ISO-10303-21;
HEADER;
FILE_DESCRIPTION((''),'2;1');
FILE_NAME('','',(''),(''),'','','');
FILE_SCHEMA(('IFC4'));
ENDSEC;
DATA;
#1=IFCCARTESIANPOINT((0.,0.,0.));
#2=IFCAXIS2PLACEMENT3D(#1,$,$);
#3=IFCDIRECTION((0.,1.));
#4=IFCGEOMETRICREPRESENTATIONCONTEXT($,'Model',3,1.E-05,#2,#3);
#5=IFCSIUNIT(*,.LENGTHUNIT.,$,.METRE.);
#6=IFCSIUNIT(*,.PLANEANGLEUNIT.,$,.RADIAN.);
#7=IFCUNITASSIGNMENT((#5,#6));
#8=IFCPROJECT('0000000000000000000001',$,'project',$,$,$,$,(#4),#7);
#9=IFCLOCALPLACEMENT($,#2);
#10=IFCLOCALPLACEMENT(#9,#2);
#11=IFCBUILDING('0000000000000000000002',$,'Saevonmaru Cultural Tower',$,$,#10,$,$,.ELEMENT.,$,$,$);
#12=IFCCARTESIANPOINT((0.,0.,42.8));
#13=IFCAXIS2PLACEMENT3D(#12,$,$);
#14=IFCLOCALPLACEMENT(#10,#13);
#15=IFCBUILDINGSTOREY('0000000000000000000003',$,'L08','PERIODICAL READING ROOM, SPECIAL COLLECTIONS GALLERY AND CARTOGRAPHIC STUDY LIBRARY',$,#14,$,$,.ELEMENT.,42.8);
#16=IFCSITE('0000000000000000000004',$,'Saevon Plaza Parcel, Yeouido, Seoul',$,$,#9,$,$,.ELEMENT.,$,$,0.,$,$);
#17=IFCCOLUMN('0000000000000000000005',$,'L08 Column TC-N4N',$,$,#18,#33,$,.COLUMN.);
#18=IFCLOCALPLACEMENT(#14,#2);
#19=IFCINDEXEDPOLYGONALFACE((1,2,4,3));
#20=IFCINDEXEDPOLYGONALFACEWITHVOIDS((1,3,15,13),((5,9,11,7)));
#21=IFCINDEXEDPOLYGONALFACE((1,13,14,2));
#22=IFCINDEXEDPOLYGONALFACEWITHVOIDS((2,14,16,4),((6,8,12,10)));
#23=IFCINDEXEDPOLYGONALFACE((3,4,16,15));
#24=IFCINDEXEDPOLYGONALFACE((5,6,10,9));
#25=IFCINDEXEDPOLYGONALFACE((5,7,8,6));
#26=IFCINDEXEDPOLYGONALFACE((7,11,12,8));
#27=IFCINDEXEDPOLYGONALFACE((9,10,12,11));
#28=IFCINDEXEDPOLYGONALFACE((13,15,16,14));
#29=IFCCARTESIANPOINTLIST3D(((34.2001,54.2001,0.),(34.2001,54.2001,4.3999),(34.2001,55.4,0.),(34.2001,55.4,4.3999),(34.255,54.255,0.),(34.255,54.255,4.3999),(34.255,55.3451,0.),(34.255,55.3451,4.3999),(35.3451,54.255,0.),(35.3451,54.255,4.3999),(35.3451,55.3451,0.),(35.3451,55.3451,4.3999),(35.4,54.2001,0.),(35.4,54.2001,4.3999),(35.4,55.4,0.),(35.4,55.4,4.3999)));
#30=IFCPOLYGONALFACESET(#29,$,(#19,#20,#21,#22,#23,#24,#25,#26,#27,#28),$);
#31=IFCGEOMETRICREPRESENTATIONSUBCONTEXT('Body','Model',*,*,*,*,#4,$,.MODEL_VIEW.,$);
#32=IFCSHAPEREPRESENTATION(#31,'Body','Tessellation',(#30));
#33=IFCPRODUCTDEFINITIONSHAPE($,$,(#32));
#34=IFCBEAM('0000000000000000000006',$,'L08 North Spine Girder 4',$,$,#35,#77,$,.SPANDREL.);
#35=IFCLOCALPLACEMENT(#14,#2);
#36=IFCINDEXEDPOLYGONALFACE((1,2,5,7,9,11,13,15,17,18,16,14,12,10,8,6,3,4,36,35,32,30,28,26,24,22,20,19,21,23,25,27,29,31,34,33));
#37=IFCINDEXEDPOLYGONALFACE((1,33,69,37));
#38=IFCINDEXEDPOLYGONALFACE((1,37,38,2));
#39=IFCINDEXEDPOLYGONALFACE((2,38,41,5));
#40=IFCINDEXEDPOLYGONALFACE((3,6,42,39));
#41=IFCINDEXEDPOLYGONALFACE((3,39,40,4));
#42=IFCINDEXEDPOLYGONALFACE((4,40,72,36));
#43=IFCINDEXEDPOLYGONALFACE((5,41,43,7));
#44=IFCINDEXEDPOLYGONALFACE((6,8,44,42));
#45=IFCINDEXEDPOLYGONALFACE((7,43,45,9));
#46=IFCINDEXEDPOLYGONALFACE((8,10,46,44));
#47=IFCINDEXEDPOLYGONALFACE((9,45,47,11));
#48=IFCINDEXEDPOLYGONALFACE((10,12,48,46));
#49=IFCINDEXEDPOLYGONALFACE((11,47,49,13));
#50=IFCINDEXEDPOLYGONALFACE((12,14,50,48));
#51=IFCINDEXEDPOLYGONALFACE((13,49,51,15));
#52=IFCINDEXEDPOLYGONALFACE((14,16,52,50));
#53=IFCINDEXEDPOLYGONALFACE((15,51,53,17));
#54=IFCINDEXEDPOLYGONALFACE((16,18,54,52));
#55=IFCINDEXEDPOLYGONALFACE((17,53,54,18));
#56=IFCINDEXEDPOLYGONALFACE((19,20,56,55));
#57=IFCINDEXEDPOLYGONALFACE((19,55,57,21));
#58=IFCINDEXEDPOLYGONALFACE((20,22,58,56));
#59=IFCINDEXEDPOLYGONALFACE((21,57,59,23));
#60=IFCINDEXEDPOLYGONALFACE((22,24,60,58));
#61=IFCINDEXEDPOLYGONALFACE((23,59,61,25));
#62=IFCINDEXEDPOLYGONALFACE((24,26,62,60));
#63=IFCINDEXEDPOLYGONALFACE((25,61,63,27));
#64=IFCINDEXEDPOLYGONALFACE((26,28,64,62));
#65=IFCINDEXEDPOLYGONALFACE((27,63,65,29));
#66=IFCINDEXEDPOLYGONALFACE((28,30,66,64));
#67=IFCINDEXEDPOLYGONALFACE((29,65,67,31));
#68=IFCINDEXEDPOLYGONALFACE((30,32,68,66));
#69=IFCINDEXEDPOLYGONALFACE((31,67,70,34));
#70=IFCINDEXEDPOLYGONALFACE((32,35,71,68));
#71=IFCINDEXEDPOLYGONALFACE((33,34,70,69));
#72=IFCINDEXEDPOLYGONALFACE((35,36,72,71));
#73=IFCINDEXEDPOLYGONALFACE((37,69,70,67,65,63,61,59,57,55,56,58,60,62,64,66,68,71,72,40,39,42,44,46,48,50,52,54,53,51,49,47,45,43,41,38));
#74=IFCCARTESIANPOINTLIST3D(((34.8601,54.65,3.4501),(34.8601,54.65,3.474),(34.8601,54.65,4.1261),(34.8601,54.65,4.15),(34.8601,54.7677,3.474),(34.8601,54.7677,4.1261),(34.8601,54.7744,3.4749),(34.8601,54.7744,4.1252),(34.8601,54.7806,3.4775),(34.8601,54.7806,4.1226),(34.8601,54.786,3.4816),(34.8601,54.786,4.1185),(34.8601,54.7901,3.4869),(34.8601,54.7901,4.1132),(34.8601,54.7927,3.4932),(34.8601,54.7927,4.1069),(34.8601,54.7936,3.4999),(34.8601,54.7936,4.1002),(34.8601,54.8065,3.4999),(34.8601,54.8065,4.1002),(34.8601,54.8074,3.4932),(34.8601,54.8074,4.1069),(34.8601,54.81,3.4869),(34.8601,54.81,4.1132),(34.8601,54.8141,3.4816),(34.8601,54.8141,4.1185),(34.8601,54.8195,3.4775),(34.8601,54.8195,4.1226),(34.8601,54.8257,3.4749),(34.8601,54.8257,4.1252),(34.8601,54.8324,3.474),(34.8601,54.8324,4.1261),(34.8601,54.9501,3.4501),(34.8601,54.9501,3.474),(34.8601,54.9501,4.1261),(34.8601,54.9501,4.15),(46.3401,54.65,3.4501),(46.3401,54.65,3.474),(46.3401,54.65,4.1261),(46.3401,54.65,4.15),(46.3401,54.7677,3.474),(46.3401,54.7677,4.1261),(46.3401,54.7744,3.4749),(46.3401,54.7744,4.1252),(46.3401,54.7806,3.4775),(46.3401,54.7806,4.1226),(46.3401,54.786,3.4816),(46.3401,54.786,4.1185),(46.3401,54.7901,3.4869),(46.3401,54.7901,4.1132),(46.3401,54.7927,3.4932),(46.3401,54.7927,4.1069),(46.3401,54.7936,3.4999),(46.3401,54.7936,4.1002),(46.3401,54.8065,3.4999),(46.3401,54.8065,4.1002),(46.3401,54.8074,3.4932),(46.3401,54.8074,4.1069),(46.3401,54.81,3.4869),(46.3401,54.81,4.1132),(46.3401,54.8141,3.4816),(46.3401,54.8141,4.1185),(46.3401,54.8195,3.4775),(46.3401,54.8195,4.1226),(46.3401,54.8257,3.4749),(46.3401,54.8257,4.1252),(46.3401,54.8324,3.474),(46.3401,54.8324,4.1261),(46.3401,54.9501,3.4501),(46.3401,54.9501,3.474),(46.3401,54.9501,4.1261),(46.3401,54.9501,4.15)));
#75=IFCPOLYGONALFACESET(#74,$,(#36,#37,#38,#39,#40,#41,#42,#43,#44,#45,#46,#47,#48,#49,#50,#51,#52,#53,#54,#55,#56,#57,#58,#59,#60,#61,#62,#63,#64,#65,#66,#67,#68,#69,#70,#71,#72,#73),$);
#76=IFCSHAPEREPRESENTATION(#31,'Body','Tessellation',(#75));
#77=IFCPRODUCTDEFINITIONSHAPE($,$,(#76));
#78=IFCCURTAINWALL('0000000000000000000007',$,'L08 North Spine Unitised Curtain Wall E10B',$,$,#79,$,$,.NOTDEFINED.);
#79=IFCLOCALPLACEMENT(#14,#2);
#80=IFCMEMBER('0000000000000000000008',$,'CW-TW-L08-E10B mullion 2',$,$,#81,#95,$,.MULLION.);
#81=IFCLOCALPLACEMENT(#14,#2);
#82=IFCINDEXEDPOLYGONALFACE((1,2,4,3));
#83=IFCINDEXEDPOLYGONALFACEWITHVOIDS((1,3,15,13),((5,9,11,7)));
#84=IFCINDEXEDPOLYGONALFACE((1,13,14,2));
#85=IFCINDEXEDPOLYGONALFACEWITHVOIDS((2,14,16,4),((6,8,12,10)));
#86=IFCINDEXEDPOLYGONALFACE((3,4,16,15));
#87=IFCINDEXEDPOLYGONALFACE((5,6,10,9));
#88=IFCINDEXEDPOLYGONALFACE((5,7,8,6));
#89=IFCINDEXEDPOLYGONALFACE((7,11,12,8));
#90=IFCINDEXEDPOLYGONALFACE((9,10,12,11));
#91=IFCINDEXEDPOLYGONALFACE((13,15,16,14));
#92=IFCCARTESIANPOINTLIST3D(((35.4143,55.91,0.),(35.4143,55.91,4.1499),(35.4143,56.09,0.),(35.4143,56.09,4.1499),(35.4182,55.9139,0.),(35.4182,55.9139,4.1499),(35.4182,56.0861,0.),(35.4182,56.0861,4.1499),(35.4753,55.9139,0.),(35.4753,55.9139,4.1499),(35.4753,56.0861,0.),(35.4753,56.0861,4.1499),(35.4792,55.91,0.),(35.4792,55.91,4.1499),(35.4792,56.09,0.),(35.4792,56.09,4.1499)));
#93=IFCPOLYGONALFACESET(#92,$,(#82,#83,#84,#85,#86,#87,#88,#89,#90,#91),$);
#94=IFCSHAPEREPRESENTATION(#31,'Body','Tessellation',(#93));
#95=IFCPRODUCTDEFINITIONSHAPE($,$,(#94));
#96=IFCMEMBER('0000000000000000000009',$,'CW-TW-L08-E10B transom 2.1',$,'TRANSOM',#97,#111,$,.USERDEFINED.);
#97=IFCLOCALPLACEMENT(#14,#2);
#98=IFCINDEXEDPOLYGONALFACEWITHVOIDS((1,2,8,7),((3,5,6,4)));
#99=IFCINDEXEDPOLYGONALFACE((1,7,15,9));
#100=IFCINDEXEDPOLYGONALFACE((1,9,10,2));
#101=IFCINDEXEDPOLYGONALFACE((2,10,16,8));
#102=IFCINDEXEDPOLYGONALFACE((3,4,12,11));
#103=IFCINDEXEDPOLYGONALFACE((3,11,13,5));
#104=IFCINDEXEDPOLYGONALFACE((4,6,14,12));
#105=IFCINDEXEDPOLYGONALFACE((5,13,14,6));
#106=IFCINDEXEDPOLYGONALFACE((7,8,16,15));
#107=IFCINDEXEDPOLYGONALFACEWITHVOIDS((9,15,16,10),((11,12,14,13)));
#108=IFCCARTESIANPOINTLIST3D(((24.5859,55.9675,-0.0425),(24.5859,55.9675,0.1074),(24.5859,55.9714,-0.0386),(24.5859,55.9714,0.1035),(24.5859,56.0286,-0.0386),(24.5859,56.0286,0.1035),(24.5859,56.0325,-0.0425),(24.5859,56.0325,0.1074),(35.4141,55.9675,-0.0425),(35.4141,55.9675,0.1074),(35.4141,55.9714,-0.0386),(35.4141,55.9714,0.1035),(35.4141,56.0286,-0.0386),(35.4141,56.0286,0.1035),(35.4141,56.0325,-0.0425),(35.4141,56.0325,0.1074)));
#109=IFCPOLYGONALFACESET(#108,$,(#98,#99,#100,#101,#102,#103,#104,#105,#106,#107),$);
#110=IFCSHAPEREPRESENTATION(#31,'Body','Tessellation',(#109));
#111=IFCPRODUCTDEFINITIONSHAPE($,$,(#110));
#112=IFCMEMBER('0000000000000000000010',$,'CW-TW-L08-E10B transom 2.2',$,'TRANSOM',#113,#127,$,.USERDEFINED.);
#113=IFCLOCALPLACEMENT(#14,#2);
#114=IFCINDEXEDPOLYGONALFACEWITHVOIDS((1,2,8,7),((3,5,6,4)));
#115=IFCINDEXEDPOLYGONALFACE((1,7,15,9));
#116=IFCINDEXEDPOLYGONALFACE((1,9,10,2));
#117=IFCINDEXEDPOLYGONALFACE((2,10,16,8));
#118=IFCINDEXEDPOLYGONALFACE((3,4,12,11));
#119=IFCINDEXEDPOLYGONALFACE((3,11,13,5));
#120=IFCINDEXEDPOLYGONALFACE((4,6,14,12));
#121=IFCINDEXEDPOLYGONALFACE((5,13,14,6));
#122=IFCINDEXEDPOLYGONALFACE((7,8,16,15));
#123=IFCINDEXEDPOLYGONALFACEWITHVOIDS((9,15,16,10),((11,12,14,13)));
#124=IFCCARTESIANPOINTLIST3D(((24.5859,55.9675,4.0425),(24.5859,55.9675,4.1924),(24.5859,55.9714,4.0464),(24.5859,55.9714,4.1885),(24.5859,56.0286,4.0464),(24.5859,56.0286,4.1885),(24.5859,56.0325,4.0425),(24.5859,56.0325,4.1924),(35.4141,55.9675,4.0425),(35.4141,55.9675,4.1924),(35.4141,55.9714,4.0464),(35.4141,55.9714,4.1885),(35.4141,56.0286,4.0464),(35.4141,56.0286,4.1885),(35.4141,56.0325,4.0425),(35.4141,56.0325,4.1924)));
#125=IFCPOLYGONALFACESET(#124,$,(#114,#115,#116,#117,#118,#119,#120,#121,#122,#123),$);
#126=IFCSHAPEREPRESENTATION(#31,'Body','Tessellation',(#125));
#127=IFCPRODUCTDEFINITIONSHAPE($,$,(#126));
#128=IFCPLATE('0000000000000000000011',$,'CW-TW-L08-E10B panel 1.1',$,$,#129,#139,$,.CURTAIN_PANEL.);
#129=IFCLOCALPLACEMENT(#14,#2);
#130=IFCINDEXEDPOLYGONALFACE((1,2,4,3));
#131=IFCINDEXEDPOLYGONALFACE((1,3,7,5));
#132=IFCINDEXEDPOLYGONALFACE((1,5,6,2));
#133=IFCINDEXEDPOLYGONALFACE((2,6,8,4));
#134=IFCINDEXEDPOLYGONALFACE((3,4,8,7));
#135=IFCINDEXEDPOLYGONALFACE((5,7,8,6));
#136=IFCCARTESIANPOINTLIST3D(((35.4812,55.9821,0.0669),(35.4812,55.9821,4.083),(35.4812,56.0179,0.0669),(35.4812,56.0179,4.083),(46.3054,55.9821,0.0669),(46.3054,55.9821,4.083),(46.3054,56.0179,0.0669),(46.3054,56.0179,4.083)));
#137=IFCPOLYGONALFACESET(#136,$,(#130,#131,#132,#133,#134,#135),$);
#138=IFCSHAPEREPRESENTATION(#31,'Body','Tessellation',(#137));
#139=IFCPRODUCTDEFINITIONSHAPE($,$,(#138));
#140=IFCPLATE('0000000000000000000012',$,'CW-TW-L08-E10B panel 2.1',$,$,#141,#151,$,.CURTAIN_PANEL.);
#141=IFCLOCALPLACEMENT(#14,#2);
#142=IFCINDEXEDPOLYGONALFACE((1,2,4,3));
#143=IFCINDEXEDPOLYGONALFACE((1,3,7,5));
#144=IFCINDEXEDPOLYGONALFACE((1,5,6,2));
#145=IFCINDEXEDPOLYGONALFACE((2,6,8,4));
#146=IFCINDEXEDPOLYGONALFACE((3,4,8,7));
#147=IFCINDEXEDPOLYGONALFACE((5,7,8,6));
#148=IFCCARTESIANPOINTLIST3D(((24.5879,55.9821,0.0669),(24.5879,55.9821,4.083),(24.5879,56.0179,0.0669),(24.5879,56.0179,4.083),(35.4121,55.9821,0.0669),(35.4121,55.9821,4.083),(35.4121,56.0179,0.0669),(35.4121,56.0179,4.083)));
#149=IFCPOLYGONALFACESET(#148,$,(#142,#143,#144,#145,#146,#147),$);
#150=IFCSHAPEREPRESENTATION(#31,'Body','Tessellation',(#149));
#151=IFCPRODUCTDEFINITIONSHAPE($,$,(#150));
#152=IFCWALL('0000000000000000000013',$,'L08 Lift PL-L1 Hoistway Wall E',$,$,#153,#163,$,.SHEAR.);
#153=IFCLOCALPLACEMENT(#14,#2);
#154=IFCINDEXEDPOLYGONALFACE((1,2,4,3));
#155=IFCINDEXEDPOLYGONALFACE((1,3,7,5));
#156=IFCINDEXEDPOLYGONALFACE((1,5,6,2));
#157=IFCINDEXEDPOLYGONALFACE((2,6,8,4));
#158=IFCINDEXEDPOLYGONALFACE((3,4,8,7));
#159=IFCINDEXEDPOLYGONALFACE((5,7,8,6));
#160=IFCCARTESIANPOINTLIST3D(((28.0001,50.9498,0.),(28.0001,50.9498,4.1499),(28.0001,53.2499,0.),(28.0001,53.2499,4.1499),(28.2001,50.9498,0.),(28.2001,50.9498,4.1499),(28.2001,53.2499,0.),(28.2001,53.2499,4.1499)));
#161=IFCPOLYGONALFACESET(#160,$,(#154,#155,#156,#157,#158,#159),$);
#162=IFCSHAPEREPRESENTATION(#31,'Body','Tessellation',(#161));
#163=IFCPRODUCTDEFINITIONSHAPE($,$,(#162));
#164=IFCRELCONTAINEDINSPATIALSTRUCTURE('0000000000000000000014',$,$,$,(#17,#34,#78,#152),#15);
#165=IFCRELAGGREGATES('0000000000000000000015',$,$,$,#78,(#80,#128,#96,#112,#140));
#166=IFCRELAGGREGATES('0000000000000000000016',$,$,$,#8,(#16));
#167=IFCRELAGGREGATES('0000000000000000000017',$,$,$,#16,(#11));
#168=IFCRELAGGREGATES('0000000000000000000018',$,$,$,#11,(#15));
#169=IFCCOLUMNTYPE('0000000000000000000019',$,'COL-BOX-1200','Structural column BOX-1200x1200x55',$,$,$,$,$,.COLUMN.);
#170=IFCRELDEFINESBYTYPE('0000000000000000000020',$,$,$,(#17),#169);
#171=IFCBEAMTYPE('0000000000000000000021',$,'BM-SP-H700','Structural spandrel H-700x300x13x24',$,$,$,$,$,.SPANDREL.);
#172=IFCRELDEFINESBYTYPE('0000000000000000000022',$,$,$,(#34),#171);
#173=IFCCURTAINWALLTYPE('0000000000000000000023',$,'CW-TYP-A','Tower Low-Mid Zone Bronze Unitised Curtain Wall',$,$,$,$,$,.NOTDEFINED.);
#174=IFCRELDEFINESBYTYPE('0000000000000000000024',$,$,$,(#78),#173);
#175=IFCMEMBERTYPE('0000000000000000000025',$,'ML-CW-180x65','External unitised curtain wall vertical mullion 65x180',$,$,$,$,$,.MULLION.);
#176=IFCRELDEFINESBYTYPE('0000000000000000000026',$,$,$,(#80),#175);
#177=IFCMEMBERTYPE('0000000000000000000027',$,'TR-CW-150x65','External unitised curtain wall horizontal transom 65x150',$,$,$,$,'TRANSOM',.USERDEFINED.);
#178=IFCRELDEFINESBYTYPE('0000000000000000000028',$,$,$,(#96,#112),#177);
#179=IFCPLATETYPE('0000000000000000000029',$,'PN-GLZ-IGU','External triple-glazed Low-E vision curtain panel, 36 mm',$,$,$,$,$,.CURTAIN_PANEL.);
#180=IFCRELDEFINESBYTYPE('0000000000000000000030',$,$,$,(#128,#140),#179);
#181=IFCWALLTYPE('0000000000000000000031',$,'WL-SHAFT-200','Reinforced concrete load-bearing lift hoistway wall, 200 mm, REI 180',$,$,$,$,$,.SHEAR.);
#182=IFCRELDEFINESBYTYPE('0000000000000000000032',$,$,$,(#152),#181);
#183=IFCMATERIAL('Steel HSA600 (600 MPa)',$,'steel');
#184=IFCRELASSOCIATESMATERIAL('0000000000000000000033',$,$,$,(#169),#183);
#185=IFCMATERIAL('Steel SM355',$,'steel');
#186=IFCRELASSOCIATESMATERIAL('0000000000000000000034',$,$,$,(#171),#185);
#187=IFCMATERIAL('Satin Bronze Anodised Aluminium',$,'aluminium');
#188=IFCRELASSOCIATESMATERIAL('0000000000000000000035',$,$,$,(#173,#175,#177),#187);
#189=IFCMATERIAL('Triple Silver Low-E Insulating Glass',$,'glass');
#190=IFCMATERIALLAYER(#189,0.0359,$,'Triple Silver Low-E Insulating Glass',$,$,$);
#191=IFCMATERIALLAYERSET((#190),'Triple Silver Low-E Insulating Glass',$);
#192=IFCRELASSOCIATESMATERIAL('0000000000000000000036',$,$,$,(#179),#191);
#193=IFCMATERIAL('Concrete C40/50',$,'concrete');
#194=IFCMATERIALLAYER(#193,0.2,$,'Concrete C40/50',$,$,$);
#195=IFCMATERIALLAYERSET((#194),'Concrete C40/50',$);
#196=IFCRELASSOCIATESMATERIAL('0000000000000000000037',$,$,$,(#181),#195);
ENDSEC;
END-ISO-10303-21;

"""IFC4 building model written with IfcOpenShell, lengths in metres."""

from ifc_helpers import new_model, si_unit, direction, frame, frame_2d, origin, origin_2d, place, context, subcontext, project, spatial, rectangle, hollow_rectangle, i_section, extrude, material, layer, layer_set, material_profile, profile_set, type_object, element, aggregate, save


model = new_model("IFC4")

# Units and contexts
model_context = context("Model", 3, precision=1e-05, world=origin(), true_north=direction((0.0, 1.0)))
body_context = subcontext(model_context, "Body", "Model", "MODEL_VIEW")
ifc_project = project(units=[si_unit("LENGTHUNIT", "METRE"), si_unit("PLANEANGLEUNIT", "RADIAN")], contexts=[model_context])

# Site, building, storey
site_placement = place(None, origin())
site = spatial("IfcSite", under=ifc_project, at=site_placement, Name="Saevon Plaza Parcel, Yeouido, Seoul", CompositionType="ELEMENT", RefElevation=0.0)
building_placement = place(site_placement, origin())
building = spatial("IfcBuilding", under=site, at=building_placement, Name="Saevonmaru Cultural Tower", CompositionType="ELEMENT")
storey_placement = place(building_placement, frame((0.0, 0.0, 42.8)))
storey = spatial("IfcBuildingStorey", under=building, at=storey_placement, Name="L08", Description="PERIODICAL READING ROOM, SPECIAL COLLECTIONS GALLERY AND CARTOGRAPHIC STUDY LIBRARY", CompositionType="ELEMENT", Elevation=42.8)

# Column
ifc_material_1 = material(Name="Steel HSA600 (600 MPa)", Category="steel")
ifc_material_profile_1 = material_profile(ifc_material_1, hollow_rectangle(XDim=1.2, YDim=1.2, WallThickness=0.0549, at=origin_2d()), Name="BOX-1200x1200x55")
ifc_profile_set_1 = profile_set([ifc_material_profile_1], Name="Steel HSA600 (600 MPa)")
column_type = type_object("IfcColumnType", Name="COL-BOX-1200", Description="Structural column BOX-1200x1200x55", PredefinedType="COLUMN", material=ifc_profile_set_1)
column_placement = place(storey_placement, frame((34.8, 54.8, 0.0), z_axis=(0.0, 0.0, 1.0), x_axis=(1.0, 0.0, 0.0)))
element("IfcColumn", 1, at=column_placement, inside=storey, type_object=column_type, Name="L08 Column TC-N4N", PredefinedType="COLUMN", context=body_context, shape_type="SweptSolid", body=[
    extrude(hollow_rectangle(XDim=1.2, YDim=1.2, WallThickness=0.0549, at=origin_2d()), origin(), (0.0, 0.0, 1.0), 4.3999),
])

# Beam
ifc_material_2 = material(Name="Steel SM355", Category="steel")
ifc_material_profile_2 = material_profile(ifc_material_2, i_section(OverallWidth=0.3, OverallDepth=0.7, WebThickness=0.0129, FlangeThickness=0.0239, FilletRadius=0.0259, at=origin_2d()), Name="H-700x300x13x24")
ifc_profile_set_2 = profile_set([ifc_material_profile_2], Name="Steel SM355")
beam_type = type_object("IfcBeamType", Name="BM-SP-H700", Description="Structural spandrel H-700x300x13x24", PredefinedType="SPANDREL", material=ifc_profile_set_2)
beam_placement = place(storey_placement, frame((34.8601, 54.8, 3.8), z_axis=(1.0, 0.0, 0.0), x_axis=(0.0, 1.0, 0.0)))
element("IfcBeam", 2, at=beam_placement, inside=storey, type_object=beam_type, Name="L08 North Spine Girder 4", PredefinedType="SPANDREL", context=body_context, shape_type="SweptSolid", body=[
    extrude(i_section(OverallWidth=0.3, OverallDepth=0.7, WebThickness=0.0129, FlangeThickness=0.0239, FilletRadius=0.0259, at=origin_2d()), origin(), (0.0, 0.0, 1.0), 11.48),
])

# Curtain wall, members, plates
ifc_material_3 = material(Name="Satin Bronze Anodised Aluminium", Category="aluminium")
curtain_wall_type = type_object("IfcCurtainWallType", Name="CW-TYP-A", Description="Tower Low-Mid Zone Bronze Unitised Curtain Wall", PredefinedType="NOTDEFINED", material=ifc_material_3)
curtain_wall_placement = place(storey_placement, origin())
curtain_wall = element("IfcCurtainWall", 3, at=curtain_wall_placement, inside=storey, type_object=curtain_wall_type, Name="L08 North Spine Unitised Curtain Wall E10B", PredefinedType="NOTDEFINED")
ifc_material_profile_3 = material_profile(ifc_material_3, hollow_rectangle(XDim=0.0649, YDim=0.1799, WallThickness=0.0039, at=origin_2d()), Name="ALU-MULL-180x65x4")
ifc_profile_set_3 = profile_set([ifc_material_profile_3], Name="Satin Bronze Anodised Aluminium")
member_type_1 = type_object("IfcMemberType", Name="ML-CW-180x65", Description="External unitised curtain wall vertical mullion 65x180", PredefinedType="MULLION", material=ifc_profile_set_3)
member_1_placement = place(storey_placement, frame((35.4468, 56.0, 0.0), z_axis=(0.0, 0.0, 1.0), x_axis=(-1.0, 0.0, 0.0)))
member_1 = element("IfcMember", 4, at=member_1_placement, type_object=member_type_1, Name="CW-TW-L08-E10B mullion 2", PredefinedType="MULLION", context=body_context, shape_type="SweptSolid", body=[
    extrude(hollow_rectangle(XDim=0.0649, YDim=0.1799, WallThickness=0.0039, at=origin_2d()), origin(), (0.0, 0.0, 1.0), 4.1499),
])
ifc_material_profile_4 = material_profile(ifc_material_3, hollow_rectangle(XDim=0.0649, YDim=0.1499, WallThickness=0.0039, at=origin_2d()), Name="ALU-TRAN-150x65x4")
ifc_profile_set_4 = profile_set([ifc_material_profile_4], Name="Satin Bronze Anodised Aluminium")
member_type_2 = type_object("IfcMemberType", Name="TR-CW-150x65", Description="External unitised curtain wall horizontal transom 65x150", ElementType="TRANSOM", PredefinedType="USERDEFINED", material=ifc_profile_set_4)
member_2_placement = place(storey_placement, frame((35.4141, 56.0, 0.0325), z_axis=(-1.0, 0.0, 0.0), x_axis=(0.0, -1.0, 0.0)))
member_2 = element("IfcMember", 5, at=member_2_placement, type_object=member_type_2, Name="CW-TW-L08-E10B transom 2.1", ObjectType="TRANSOM", PredefinedType="USERDEFINED", context=body_context, shape_type="SweptSolid", body=[
    extrude(hollow_rectangle(XDim=0.0649, YDim=0.1499, WallThickness=0.0039, at=origin_2d()), origin(), (0.0, 0.0, 1.0), 10.8281),
])
member_3_placement = place(storey_placement, frame((35.4141, 56.0, 4.1174), z_axis=(-1.0, 0.0, 0.0), x_axis=(0.0, -1.0, 0.0)))
member_3 = element("IfcMember", 6, at=member_3_placement, type_object=member_type_2, Name="CW-TW-L08-E10B transom 2.2", ObjectType="TRANSOM", PredefinedType="USERDEFINED", context=body_context, shape_type="SweptSolid", body=[
    extrude(hollow_rectangle(XDim=0.0649, YDim=0.1499, WallThickness=0.0039, at=origin_2d()), origin(), (0.0, 0.0, 1.0), 10.8281),
])
ifc_material_4 = material(Name="Triple Silver Low-E Insulating Glass", Category="glass")
ifc_layer_1 = layer(ifc_material_4, 0.0359, Name="Triple Silver Low-E Insulating Glass")
ifc_layer_set_1 = layer_set([ifc_layer_1], Name="Triple Silver Low-E Insulating Glass")
plate_type = type_object("IfcPlateType", Name="PN-GLZ-IGU", Description="External triple-glazed Low-E vision curtain panel, 36 mm", PredefinedType="CURTAIN_PANEL", material=ifc_layer_set_1)
plate_1_placement = place(storey_placement, frame((40.8933, 56.0, 0.0669), z_axis=(0.0, 0.0, 1.0), x_axis=(-1.0, 0.0, 0.0)))
plate_1 = element("IfcPlate", 7, at=plate_1_placement, type_object=plate_type, Name="CW-TW-L08-E10B panel 1.1", PredefinedType="CURTAIN_PANEL", context=body_context, shape_type="SweptSolid", body=[
    extrude(rectangle(XDim=10.8242, YDim=0.0359, at=origin_2d()), origin(), (0.0, 0.0, 1.0), 4.0161),
])
plate_2_placement = place(storey_placement, frame((30.0, 56.0, 0.0669), z_axis=(0.0, 0.0, 1.0), x_axis=(-1.0, 0.0, 0.0)))
plate_2 = element("IfcPlate", 8, at=plate_2_placement, type_object=plate_type, Name="CW-TW-L08-E10B panel 2.1", PredefinedType="CURTAIN_PANEL", context=body_context, shape_type="SweptSolid", body=[
    extrude(rectangle(XDim=10.8242, YDim=0.0359, at=origin_2d()), origin(), (0.0, 0.0, 1.0), 4.0161),
])
aggregate(curtain_wall, [member_1, plate_1, member_2, member_3, plate_2])

# Wall
ifc_material_5 = material(Name="Concrete C40/50", Category="concrete")
ifc_layer_2 = layer(ifc_material_5, 0.2, Name="Concrete C40/50")
ifc_layer_set_2 = layer_set([ifc_layer_2], Name="Concrete C40/50")
wall_type_1 = type_object("IfcWallType", Name="WL-SHAFT-200", Description="Reinforced concrete load-bearing lift hoistway wall, 200 mm, REI 180", PredefinedType="SHEAR", material=ifc_layer_set_2)
wall_1_placement = place(storey_placement, frame((28.1001, 50.95, 0.0), z_axis=(0.0, 0.0, 1.0), x_axis=(0.0, 1.0, 0.0)))
element("IfcWall", 9, at=wall_1_placement, inside=storey, type_object=wall_type_1, Name="L08 Lift PL-L1 Hoistway Wall E", PredefinedType="SHEAR", context=body_context, shape_type="SweptSolid", body=[
    extrude(rectangle(XDim=2.3, YDim=0.2, at=frame_2d((1.1499, 0.0))), origin(), (0.0, 0.0, 1.0), 4.1499),
])

save(model, "model.ifc")
